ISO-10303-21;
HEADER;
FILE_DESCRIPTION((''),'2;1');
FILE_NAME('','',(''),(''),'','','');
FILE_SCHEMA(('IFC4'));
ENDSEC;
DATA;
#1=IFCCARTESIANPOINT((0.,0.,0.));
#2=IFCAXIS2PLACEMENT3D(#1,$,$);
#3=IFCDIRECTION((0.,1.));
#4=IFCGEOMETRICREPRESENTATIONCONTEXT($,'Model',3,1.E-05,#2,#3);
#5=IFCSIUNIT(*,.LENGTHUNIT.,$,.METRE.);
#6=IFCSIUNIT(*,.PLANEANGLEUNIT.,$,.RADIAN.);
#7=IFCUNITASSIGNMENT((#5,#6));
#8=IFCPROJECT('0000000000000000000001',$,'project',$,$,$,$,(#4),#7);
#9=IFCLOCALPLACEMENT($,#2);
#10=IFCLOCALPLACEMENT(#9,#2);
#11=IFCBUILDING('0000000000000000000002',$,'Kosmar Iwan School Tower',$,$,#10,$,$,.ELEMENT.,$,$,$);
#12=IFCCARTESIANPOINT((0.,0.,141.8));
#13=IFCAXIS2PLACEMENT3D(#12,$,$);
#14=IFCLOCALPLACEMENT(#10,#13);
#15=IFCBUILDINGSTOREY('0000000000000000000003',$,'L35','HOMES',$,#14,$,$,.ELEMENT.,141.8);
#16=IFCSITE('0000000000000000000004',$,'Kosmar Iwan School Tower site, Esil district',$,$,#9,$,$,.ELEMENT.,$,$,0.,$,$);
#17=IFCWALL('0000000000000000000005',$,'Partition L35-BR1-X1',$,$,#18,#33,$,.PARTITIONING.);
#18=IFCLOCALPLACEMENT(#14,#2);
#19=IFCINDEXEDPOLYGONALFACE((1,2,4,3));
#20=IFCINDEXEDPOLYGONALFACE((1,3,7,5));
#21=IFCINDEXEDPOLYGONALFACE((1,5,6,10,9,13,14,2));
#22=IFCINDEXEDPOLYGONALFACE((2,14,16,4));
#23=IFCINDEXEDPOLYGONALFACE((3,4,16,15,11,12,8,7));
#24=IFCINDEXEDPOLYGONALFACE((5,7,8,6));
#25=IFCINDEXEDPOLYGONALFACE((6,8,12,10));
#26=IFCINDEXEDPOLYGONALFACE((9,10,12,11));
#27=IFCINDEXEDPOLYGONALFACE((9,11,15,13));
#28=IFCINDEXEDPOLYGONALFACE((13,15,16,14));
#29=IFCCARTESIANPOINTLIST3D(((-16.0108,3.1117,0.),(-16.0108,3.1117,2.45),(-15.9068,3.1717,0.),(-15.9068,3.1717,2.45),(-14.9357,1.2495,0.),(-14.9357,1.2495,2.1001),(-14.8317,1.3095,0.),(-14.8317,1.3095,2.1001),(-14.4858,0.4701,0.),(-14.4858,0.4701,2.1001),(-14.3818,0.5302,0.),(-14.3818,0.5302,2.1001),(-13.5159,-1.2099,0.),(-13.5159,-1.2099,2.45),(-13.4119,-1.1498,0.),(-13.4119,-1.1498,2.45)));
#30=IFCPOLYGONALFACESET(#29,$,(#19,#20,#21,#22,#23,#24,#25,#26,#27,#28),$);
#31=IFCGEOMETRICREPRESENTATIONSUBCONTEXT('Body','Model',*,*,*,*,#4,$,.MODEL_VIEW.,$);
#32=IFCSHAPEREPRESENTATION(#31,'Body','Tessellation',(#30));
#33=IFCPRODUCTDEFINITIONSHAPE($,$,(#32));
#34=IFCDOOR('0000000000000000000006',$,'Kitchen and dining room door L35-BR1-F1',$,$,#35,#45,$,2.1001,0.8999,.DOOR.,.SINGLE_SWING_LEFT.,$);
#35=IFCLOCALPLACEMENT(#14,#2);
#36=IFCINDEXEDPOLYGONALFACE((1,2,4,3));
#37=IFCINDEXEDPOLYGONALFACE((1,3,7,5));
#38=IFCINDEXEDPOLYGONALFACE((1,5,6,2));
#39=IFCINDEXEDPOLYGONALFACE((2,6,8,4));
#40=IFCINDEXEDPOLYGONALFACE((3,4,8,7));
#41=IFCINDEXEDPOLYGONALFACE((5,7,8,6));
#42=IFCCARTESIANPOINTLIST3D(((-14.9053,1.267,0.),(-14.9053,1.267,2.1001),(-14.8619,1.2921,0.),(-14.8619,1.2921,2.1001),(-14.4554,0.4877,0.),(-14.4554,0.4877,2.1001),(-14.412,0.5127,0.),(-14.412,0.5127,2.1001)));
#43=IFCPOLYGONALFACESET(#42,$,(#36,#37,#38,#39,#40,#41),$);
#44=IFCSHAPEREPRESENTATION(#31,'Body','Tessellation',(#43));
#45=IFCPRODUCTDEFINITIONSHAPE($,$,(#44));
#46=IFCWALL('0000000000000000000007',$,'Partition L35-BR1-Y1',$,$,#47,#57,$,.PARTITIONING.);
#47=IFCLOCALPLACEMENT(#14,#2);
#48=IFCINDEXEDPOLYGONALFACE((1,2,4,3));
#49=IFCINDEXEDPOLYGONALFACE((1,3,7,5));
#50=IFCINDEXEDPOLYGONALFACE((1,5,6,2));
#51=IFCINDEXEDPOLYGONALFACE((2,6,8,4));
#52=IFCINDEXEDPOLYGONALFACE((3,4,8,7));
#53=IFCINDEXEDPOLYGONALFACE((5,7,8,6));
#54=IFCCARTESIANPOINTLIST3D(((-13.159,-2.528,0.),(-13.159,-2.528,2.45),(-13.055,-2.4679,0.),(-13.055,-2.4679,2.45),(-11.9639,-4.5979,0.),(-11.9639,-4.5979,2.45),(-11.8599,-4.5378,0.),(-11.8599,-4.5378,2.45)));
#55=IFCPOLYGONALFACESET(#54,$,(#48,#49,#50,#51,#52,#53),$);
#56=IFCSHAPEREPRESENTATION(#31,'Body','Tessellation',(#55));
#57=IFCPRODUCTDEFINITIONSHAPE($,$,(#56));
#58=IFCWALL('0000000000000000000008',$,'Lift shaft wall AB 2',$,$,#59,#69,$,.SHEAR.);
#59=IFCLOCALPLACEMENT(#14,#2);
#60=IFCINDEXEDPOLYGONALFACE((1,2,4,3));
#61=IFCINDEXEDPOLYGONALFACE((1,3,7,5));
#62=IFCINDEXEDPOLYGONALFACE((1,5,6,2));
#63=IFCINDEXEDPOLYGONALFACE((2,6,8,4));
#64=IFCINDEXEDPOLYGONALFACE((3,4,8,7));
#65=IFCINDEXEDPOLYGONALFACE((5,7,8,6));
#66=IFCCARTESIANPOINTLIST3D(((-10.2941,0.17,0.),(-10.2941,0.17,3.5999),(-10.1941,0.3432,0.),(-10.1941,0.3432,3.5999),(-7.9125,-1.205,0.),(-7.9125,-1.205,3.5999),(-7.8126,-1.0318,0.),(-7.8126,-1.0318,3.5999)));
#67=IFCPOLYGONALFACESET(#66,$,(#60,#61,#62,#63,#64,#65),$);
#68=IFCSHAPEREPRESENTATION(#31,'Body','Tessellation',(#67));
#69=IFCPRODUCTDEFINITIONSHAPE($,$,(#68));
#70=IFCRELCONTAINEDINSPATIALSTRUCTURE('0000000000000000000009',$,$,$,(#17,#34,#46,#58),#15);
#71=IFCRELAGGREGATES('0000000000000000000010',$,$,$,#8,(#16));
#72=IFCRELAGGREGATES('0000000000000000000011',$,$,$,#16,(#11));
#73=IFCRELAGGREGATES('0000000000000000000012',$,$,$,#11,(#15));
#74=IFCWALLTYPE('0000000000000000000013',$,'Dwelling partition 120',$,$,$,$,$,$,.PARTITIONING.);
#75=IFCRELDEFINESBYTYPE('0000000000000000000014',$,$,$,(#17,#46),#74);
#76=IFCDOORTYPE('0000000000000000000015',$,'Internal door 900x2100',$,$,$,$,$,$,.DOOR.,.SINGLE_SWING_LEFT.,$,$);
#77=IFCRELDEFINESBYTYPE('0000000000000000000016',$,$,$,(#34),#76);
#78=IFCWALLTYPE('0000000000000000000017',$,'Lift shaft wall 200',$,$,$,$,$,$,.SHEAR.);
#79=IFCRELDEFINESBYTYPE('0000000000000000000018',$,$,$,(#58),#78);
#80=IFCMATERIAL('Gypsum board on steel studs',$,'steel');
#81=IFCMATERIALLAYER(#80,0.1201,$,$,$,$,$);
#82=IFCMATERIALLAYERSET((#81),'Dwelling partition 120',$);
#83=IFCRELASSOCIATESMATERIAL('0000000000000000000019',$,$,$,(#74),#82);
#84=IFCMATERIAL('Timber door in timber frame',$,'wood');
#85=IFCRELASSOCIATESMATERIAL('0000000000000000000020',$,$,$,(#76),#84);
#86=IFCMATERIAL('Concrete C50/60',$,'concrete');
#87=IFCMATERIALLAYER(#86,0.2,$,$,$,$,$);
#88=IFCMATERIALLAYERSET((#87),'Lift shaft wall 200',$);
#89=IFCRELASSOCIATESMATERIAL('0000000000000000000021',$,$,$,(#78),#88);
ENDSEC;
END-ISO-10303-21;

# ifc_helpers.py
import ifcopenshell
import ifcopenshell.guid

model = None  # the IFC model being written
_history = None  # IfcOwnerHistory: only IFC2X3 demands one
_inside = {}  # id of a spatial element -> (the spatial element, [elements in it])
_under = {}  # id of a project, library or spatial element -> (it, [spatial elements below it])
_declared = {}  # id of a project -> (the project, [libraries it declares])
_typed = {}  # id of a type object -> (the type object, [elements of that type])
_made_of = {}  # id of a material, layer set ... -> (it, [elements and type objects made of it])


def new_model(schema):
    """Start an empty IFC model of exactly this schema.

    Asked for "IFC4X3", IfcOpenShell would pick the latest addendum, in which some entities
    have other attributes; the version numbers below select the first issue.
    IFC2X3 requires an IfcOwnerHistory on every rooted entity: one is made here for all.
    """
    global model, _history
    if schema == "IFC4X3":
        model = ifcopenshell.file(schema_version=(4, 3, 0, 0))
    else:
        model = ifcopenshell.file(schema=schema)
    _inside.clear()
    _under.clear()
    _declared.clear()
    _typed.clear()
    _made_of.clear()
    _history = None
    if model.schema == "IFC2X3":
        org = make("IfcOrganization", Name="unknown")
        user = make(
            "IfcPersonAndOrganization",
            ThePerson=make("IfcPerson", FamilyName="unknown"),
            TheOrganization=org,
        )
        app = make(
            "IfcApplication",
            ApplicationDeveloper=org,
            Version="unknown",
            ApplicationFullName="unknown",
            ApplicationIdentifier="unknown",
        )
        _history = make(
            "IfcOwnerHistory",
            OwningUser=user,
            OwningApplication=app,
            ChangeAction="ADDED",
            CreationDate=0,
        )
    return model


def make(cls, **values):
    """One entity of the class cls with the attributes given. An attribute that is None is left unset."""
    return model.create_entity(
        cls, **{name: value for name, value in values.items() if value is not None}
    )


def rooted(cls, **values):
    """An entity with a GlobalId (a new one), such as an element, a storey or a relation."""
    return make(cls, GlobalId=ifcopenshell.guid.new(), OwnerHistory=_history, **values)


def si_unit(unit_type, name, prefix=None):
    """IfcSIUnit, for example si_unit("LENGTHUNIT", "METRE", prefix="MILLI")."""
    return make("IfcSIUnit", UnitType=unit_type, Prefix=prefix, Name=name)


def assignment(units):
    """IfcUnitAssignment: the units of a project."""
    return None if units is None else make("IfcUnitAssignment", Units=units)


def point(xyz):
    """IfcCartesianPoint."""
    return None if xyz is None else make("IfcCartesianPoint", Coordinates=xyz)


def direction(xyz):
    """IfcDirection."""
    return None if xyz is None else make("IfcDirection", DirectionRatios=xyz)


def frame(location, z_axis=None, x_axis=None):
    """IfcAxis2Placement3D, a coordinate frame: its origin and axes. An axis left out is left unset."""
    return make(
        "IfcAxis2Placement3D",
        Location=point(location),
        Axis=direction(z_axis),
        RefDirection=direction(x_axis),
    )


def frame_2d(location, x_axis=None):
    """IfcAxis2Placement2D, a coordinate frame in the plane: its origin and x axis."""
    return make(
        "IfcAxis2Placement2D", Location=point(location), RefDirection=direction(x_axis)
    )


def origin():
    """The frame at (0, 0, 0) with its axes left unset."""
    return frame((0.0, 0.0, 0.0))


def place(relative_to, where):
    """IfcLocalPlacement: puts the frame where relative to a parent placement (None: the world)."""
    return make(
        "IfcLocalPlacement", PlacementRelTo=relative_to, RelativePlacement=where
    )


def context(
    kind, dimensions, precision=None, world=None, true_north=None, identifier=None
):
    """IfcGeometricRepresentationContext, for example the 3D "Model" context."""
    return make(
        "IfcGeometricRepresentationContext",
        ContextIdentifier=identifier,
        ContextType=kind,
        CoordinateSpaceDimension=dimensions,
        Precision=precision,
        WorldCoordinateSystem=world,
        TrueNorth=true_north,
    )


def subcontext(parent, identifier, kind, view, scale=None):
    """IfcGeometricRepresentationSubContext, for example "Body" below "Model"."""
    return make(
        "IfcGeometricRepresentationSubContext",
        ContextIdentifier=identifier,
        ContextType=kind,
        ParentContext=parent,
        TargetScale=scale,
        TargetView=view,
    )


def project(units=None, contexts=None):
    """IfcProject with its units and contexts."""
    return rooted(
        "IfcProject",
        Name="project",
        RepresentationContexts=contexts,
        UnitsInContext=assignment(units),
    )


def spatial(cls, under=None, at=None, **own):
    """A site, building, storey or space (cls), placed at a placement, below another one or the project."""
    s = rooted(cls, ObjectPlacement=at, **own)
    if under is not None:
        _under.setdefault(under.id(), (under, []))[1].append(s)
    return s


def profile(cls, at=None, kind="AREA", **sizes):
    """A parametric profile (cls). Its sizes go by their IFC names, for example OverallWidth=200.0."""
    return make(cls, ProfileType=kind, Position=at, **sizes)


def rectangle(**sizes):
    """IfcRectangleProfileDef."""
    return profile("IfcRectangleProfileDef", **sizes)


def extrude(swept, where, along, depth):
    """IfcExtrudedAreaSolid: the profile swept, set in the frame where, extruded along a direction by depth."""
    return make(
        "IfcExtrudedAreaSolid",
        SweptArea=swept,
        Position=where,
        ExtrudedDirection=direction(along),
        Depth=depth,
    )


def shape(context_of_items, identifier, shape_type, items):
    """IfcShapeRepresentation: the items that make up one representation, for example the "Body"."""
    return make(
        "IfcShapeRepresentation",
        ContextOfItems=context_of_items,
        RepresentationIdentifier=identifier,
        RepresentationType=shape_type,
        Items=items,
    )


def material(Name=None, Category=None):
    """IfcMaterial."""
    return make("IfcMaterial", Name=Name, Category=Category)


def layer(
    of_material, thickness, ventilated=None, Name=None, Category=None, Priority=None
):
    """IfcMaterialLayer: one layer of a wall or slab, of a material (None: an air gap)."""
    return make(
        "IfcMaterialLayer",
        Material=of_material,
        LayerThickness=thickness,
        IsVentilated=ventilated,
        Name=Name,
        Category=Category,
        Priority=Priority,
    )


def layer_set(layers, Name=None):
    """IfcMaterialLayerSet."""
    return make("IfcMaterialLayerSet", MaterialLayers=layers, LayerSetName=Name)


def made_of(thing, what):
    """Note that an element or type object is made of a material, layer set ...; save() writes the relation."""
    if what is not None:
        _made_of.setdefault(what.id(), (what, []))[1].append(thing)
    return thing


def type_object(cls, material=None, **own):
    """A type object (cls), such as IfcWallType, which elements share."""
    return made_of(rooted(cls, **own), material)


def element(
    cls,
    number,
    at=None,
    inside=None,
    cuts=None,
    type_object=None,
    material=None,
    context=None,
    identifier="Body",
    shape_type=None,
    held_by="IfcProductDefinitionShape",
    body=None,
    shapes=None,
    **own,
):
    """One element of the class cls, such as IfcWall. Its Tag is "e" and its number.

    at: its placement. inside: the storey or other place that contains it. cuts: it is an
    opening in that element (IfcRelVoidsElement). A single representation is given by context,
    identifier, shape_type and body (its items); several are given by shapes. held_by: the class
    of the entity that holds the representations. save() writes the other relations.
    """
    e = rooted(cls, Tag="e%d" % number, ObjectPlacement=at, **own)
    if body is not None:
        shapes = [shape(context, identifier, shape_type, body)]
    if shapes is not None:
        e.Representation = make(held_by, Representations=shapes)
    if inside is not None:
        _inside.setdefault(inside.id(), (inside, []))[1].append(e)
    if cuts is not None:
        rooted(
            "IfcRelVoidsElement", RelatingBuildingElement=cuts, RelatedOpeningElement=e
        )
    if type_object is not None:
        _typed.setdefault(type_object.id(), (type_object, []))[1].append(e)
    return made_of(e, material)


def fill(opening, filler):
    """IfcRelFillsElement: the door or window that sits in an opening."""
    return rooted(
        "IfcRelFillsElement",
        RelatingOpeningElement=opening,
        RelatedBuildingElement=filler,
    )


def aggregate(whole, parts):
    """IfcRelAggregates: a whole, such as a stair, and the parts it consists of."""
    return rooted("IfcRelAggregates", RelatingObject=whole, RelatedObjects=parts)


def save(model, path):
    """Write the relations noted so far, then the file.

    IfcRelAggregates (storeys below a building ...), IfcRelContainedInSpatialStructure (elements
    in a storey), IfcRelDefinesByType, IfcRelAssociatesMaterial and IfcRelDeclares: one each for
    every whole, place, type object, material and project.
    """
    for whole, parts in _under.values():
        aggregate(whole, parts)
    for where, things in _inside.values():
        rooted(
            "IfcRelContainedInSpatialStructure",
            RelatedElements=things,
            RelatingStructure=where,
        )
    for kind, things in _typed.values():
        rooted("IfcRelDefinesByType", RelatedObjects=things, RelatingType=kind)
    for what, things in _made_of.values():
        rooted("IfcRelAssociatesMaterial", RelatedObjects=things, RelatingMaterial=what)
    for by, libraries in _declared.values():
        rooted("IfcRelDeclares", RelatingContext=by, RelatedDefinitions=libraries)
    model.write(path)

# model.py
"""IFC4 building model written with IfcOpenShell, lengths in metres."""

from ifc_helpers import new_model, si_unit, direction, frame, frame_2d, origin, place, context, subcontext, project, spatial, rectangle, extrude, material, layer, layer_set, type_object, element, fill, save


model = new_model("IFC4")

# Units and contexts
model_context = context("Model", 3, precision=1e-05, world=origin(), true_north=direction((0.0, 1.0)))
body_context = subcontext(model_context, "Body", "Model", "MODEL_VIEW")
ifc_project = project(units=[si_unit("LENGTHUNIT", "METRE"), si_unit("PLANEANGLEUNIT", "RADIAN")], contexts=[model_context])

# Site, building, storey
site_placement = place(None, origin())
site = spatial("IfcSite", under=ifc_project, at=site_placement, Name="Kosmar Iwan School Tower site, Esil district", CompositionType="ELEMENT", RefElevation=0.0)
building_placement = place(site_placement, origin())
building = spatial("IfcBuilding", under=site, at=building_placement, Name="Kosmar Iwan School Tower", CompositionType="ELEMENT")
storey_placement = place(building_placement, frame((0.0, 0.0, 141.8)))
storey = spatial("IfcBuildingStorey", under=building, at=storey_placement, Name="L35", Description="HOMES", CompositionType="ELEMENT", Elevation=141.8)

# Shared definitions
ifc_material_1 = material(Name="Gypsum board on steel studs", Category="steel")
ifc_layer_1 = layer(ifc_material_1, 0.1201)
ifc_layer_set_1 = layer_set([ifc_layer_1], Name="Dwelling partition 120")
wall_type_1 = type_object("IfcWallType", Name="Dwelling partition 120", PredefinedType="PARTITIONING", material=ifc_layer_set_1)
ifc_material_2 = material(Name="Timber door in timber frame", Category="wood")
door_type_1 = type_object("IfcDoorType", Name="Internal door 900x2100", OperationType="SINGLE_SWING_LEFT", PredefinedType="DOOR", material=ifc_material_2)

# Wall, opening, door
wall_1_placement = place(storey_placement, frame((-13.4639, -1.1799, 0.0), z_axis=(0.0, 0.0, 1.0), x_axis=(-0.499975, 0.86604, 0.0)))
wall_1 = element("IfcWall", 1, at=wall_1_placement, inside=storey, type_object=wall_type_1, Name="Partition L35-BR1-X1", PredefinedType="PARTITIONING", context=body_context, shape_type="SweptSolid", body=[
    extrude(rectangle(XDim=4.99, YDim=0.1201, at=frame_2d((2.4951, 0.0))), origin(), (0.0, 0.0, 1.0), 2.45),
])
opening_1_placement = place(wall_1_placement, frame((1.9399, 0.0, 0.0)))
opening_1 = element("IfcOpeningElement", 2, at=opening_1_placement, cuts=wall_1, PredefinedType="OPENING", context=body_context, shape_type="SweptSolid", body=[
    extrude(rectangle(XDim=0.8999, YDim=2.1001, at=frame_2d((0.45, 1.05))), frame((0.0, 0.072, 0.0), z_axis=(0.0, -1.0, 0.0), x_axis=(1.0, 0.0, 0.0)), (0.0, 0.0, 1.0), 0.144),
])
door_1_placement = place(opening_1_placement, origin())
door_1 = element("IfcDoor", 3, at=door_1_placement, inside=storey, type_object=door_type_1, Name="Kitchen and dining room door L35-BR1-F1", OperationType="SINGLE_SWING_LEFT", OverallHeight=2.1001, OverallWidth=0.8999, PredefinedType="DOOR", context=body_context, shape_type="SweptSolid", body=[
    extrude(rectangle(XDim=0.8999, YDim=2.1001, at=frame_2d((0.45, 1.05))), frame((0.0, 0.0249, 0.0), z_axis=(0.0, -1.0, 0.0), x_axis=(1.0, 0.0, 0.0)), (0.0, 0.0, 1.0), 0.05),
])
fill(opening_1, door_1)

# Walls
wall_2_placement = place(storey_placement, frame((-11.9119, -4.5679, 0.0), z_axis=(0.0, 0.0, 1.0), x_axis=(-0.500017, 0.866015, 0.0)))
element("IfcWall", 4, at=wall_2_placement, inside=storey, type_object=wall_type_1, Name="Partition L35-BR1-Y1", PredefinedType="PARTITIONING", context=body_context, shape_type="SweptSolid", body=[
    extrude(rectangle(XDim=2.3901, YDim=0.1201, at=frame_2d((1.1951, 0.0))), origin(), (0.0, 0.0, 1.0), 2.45),
])
ifc_material_3 = material(Name="Concrete C50/60", Category="concrete")
ifc_layer_2 = layer(ifc_material_3, 0.2)
ifc_layer_set_2 = layer_set([ifc_layer_2], Name="Lift shaft wall 200")
wall_type_2 = type_object("IfcWallType", Name="Lift shaft wall 200", PredefinedType="SHEAR", material=ifc_layer_set_2)
wall_3_placement = place(storey_placement, frame((-7.8625, -1.1184, 0.0), z_axis=(0.0, 0.0, 1.0), x_axis=(-0.866027, 0.499997, 0.0)))
element("IfcWall", 5, at=wall_3_placement, inside=storey, type_object=wall_type_2, Name="Lift shaft wall AB 2", PredefinedType="SHEAR", context=body_context, shape_type="SweptSolid", body=[
    extrude(rectangle(XDim=2.75, YDim=0.2, at=frame_2d((1.375, 0.0))), origin(), (0.0, 0.0, 1.0), 3.5999),
])

save(model, "model.ifc")
